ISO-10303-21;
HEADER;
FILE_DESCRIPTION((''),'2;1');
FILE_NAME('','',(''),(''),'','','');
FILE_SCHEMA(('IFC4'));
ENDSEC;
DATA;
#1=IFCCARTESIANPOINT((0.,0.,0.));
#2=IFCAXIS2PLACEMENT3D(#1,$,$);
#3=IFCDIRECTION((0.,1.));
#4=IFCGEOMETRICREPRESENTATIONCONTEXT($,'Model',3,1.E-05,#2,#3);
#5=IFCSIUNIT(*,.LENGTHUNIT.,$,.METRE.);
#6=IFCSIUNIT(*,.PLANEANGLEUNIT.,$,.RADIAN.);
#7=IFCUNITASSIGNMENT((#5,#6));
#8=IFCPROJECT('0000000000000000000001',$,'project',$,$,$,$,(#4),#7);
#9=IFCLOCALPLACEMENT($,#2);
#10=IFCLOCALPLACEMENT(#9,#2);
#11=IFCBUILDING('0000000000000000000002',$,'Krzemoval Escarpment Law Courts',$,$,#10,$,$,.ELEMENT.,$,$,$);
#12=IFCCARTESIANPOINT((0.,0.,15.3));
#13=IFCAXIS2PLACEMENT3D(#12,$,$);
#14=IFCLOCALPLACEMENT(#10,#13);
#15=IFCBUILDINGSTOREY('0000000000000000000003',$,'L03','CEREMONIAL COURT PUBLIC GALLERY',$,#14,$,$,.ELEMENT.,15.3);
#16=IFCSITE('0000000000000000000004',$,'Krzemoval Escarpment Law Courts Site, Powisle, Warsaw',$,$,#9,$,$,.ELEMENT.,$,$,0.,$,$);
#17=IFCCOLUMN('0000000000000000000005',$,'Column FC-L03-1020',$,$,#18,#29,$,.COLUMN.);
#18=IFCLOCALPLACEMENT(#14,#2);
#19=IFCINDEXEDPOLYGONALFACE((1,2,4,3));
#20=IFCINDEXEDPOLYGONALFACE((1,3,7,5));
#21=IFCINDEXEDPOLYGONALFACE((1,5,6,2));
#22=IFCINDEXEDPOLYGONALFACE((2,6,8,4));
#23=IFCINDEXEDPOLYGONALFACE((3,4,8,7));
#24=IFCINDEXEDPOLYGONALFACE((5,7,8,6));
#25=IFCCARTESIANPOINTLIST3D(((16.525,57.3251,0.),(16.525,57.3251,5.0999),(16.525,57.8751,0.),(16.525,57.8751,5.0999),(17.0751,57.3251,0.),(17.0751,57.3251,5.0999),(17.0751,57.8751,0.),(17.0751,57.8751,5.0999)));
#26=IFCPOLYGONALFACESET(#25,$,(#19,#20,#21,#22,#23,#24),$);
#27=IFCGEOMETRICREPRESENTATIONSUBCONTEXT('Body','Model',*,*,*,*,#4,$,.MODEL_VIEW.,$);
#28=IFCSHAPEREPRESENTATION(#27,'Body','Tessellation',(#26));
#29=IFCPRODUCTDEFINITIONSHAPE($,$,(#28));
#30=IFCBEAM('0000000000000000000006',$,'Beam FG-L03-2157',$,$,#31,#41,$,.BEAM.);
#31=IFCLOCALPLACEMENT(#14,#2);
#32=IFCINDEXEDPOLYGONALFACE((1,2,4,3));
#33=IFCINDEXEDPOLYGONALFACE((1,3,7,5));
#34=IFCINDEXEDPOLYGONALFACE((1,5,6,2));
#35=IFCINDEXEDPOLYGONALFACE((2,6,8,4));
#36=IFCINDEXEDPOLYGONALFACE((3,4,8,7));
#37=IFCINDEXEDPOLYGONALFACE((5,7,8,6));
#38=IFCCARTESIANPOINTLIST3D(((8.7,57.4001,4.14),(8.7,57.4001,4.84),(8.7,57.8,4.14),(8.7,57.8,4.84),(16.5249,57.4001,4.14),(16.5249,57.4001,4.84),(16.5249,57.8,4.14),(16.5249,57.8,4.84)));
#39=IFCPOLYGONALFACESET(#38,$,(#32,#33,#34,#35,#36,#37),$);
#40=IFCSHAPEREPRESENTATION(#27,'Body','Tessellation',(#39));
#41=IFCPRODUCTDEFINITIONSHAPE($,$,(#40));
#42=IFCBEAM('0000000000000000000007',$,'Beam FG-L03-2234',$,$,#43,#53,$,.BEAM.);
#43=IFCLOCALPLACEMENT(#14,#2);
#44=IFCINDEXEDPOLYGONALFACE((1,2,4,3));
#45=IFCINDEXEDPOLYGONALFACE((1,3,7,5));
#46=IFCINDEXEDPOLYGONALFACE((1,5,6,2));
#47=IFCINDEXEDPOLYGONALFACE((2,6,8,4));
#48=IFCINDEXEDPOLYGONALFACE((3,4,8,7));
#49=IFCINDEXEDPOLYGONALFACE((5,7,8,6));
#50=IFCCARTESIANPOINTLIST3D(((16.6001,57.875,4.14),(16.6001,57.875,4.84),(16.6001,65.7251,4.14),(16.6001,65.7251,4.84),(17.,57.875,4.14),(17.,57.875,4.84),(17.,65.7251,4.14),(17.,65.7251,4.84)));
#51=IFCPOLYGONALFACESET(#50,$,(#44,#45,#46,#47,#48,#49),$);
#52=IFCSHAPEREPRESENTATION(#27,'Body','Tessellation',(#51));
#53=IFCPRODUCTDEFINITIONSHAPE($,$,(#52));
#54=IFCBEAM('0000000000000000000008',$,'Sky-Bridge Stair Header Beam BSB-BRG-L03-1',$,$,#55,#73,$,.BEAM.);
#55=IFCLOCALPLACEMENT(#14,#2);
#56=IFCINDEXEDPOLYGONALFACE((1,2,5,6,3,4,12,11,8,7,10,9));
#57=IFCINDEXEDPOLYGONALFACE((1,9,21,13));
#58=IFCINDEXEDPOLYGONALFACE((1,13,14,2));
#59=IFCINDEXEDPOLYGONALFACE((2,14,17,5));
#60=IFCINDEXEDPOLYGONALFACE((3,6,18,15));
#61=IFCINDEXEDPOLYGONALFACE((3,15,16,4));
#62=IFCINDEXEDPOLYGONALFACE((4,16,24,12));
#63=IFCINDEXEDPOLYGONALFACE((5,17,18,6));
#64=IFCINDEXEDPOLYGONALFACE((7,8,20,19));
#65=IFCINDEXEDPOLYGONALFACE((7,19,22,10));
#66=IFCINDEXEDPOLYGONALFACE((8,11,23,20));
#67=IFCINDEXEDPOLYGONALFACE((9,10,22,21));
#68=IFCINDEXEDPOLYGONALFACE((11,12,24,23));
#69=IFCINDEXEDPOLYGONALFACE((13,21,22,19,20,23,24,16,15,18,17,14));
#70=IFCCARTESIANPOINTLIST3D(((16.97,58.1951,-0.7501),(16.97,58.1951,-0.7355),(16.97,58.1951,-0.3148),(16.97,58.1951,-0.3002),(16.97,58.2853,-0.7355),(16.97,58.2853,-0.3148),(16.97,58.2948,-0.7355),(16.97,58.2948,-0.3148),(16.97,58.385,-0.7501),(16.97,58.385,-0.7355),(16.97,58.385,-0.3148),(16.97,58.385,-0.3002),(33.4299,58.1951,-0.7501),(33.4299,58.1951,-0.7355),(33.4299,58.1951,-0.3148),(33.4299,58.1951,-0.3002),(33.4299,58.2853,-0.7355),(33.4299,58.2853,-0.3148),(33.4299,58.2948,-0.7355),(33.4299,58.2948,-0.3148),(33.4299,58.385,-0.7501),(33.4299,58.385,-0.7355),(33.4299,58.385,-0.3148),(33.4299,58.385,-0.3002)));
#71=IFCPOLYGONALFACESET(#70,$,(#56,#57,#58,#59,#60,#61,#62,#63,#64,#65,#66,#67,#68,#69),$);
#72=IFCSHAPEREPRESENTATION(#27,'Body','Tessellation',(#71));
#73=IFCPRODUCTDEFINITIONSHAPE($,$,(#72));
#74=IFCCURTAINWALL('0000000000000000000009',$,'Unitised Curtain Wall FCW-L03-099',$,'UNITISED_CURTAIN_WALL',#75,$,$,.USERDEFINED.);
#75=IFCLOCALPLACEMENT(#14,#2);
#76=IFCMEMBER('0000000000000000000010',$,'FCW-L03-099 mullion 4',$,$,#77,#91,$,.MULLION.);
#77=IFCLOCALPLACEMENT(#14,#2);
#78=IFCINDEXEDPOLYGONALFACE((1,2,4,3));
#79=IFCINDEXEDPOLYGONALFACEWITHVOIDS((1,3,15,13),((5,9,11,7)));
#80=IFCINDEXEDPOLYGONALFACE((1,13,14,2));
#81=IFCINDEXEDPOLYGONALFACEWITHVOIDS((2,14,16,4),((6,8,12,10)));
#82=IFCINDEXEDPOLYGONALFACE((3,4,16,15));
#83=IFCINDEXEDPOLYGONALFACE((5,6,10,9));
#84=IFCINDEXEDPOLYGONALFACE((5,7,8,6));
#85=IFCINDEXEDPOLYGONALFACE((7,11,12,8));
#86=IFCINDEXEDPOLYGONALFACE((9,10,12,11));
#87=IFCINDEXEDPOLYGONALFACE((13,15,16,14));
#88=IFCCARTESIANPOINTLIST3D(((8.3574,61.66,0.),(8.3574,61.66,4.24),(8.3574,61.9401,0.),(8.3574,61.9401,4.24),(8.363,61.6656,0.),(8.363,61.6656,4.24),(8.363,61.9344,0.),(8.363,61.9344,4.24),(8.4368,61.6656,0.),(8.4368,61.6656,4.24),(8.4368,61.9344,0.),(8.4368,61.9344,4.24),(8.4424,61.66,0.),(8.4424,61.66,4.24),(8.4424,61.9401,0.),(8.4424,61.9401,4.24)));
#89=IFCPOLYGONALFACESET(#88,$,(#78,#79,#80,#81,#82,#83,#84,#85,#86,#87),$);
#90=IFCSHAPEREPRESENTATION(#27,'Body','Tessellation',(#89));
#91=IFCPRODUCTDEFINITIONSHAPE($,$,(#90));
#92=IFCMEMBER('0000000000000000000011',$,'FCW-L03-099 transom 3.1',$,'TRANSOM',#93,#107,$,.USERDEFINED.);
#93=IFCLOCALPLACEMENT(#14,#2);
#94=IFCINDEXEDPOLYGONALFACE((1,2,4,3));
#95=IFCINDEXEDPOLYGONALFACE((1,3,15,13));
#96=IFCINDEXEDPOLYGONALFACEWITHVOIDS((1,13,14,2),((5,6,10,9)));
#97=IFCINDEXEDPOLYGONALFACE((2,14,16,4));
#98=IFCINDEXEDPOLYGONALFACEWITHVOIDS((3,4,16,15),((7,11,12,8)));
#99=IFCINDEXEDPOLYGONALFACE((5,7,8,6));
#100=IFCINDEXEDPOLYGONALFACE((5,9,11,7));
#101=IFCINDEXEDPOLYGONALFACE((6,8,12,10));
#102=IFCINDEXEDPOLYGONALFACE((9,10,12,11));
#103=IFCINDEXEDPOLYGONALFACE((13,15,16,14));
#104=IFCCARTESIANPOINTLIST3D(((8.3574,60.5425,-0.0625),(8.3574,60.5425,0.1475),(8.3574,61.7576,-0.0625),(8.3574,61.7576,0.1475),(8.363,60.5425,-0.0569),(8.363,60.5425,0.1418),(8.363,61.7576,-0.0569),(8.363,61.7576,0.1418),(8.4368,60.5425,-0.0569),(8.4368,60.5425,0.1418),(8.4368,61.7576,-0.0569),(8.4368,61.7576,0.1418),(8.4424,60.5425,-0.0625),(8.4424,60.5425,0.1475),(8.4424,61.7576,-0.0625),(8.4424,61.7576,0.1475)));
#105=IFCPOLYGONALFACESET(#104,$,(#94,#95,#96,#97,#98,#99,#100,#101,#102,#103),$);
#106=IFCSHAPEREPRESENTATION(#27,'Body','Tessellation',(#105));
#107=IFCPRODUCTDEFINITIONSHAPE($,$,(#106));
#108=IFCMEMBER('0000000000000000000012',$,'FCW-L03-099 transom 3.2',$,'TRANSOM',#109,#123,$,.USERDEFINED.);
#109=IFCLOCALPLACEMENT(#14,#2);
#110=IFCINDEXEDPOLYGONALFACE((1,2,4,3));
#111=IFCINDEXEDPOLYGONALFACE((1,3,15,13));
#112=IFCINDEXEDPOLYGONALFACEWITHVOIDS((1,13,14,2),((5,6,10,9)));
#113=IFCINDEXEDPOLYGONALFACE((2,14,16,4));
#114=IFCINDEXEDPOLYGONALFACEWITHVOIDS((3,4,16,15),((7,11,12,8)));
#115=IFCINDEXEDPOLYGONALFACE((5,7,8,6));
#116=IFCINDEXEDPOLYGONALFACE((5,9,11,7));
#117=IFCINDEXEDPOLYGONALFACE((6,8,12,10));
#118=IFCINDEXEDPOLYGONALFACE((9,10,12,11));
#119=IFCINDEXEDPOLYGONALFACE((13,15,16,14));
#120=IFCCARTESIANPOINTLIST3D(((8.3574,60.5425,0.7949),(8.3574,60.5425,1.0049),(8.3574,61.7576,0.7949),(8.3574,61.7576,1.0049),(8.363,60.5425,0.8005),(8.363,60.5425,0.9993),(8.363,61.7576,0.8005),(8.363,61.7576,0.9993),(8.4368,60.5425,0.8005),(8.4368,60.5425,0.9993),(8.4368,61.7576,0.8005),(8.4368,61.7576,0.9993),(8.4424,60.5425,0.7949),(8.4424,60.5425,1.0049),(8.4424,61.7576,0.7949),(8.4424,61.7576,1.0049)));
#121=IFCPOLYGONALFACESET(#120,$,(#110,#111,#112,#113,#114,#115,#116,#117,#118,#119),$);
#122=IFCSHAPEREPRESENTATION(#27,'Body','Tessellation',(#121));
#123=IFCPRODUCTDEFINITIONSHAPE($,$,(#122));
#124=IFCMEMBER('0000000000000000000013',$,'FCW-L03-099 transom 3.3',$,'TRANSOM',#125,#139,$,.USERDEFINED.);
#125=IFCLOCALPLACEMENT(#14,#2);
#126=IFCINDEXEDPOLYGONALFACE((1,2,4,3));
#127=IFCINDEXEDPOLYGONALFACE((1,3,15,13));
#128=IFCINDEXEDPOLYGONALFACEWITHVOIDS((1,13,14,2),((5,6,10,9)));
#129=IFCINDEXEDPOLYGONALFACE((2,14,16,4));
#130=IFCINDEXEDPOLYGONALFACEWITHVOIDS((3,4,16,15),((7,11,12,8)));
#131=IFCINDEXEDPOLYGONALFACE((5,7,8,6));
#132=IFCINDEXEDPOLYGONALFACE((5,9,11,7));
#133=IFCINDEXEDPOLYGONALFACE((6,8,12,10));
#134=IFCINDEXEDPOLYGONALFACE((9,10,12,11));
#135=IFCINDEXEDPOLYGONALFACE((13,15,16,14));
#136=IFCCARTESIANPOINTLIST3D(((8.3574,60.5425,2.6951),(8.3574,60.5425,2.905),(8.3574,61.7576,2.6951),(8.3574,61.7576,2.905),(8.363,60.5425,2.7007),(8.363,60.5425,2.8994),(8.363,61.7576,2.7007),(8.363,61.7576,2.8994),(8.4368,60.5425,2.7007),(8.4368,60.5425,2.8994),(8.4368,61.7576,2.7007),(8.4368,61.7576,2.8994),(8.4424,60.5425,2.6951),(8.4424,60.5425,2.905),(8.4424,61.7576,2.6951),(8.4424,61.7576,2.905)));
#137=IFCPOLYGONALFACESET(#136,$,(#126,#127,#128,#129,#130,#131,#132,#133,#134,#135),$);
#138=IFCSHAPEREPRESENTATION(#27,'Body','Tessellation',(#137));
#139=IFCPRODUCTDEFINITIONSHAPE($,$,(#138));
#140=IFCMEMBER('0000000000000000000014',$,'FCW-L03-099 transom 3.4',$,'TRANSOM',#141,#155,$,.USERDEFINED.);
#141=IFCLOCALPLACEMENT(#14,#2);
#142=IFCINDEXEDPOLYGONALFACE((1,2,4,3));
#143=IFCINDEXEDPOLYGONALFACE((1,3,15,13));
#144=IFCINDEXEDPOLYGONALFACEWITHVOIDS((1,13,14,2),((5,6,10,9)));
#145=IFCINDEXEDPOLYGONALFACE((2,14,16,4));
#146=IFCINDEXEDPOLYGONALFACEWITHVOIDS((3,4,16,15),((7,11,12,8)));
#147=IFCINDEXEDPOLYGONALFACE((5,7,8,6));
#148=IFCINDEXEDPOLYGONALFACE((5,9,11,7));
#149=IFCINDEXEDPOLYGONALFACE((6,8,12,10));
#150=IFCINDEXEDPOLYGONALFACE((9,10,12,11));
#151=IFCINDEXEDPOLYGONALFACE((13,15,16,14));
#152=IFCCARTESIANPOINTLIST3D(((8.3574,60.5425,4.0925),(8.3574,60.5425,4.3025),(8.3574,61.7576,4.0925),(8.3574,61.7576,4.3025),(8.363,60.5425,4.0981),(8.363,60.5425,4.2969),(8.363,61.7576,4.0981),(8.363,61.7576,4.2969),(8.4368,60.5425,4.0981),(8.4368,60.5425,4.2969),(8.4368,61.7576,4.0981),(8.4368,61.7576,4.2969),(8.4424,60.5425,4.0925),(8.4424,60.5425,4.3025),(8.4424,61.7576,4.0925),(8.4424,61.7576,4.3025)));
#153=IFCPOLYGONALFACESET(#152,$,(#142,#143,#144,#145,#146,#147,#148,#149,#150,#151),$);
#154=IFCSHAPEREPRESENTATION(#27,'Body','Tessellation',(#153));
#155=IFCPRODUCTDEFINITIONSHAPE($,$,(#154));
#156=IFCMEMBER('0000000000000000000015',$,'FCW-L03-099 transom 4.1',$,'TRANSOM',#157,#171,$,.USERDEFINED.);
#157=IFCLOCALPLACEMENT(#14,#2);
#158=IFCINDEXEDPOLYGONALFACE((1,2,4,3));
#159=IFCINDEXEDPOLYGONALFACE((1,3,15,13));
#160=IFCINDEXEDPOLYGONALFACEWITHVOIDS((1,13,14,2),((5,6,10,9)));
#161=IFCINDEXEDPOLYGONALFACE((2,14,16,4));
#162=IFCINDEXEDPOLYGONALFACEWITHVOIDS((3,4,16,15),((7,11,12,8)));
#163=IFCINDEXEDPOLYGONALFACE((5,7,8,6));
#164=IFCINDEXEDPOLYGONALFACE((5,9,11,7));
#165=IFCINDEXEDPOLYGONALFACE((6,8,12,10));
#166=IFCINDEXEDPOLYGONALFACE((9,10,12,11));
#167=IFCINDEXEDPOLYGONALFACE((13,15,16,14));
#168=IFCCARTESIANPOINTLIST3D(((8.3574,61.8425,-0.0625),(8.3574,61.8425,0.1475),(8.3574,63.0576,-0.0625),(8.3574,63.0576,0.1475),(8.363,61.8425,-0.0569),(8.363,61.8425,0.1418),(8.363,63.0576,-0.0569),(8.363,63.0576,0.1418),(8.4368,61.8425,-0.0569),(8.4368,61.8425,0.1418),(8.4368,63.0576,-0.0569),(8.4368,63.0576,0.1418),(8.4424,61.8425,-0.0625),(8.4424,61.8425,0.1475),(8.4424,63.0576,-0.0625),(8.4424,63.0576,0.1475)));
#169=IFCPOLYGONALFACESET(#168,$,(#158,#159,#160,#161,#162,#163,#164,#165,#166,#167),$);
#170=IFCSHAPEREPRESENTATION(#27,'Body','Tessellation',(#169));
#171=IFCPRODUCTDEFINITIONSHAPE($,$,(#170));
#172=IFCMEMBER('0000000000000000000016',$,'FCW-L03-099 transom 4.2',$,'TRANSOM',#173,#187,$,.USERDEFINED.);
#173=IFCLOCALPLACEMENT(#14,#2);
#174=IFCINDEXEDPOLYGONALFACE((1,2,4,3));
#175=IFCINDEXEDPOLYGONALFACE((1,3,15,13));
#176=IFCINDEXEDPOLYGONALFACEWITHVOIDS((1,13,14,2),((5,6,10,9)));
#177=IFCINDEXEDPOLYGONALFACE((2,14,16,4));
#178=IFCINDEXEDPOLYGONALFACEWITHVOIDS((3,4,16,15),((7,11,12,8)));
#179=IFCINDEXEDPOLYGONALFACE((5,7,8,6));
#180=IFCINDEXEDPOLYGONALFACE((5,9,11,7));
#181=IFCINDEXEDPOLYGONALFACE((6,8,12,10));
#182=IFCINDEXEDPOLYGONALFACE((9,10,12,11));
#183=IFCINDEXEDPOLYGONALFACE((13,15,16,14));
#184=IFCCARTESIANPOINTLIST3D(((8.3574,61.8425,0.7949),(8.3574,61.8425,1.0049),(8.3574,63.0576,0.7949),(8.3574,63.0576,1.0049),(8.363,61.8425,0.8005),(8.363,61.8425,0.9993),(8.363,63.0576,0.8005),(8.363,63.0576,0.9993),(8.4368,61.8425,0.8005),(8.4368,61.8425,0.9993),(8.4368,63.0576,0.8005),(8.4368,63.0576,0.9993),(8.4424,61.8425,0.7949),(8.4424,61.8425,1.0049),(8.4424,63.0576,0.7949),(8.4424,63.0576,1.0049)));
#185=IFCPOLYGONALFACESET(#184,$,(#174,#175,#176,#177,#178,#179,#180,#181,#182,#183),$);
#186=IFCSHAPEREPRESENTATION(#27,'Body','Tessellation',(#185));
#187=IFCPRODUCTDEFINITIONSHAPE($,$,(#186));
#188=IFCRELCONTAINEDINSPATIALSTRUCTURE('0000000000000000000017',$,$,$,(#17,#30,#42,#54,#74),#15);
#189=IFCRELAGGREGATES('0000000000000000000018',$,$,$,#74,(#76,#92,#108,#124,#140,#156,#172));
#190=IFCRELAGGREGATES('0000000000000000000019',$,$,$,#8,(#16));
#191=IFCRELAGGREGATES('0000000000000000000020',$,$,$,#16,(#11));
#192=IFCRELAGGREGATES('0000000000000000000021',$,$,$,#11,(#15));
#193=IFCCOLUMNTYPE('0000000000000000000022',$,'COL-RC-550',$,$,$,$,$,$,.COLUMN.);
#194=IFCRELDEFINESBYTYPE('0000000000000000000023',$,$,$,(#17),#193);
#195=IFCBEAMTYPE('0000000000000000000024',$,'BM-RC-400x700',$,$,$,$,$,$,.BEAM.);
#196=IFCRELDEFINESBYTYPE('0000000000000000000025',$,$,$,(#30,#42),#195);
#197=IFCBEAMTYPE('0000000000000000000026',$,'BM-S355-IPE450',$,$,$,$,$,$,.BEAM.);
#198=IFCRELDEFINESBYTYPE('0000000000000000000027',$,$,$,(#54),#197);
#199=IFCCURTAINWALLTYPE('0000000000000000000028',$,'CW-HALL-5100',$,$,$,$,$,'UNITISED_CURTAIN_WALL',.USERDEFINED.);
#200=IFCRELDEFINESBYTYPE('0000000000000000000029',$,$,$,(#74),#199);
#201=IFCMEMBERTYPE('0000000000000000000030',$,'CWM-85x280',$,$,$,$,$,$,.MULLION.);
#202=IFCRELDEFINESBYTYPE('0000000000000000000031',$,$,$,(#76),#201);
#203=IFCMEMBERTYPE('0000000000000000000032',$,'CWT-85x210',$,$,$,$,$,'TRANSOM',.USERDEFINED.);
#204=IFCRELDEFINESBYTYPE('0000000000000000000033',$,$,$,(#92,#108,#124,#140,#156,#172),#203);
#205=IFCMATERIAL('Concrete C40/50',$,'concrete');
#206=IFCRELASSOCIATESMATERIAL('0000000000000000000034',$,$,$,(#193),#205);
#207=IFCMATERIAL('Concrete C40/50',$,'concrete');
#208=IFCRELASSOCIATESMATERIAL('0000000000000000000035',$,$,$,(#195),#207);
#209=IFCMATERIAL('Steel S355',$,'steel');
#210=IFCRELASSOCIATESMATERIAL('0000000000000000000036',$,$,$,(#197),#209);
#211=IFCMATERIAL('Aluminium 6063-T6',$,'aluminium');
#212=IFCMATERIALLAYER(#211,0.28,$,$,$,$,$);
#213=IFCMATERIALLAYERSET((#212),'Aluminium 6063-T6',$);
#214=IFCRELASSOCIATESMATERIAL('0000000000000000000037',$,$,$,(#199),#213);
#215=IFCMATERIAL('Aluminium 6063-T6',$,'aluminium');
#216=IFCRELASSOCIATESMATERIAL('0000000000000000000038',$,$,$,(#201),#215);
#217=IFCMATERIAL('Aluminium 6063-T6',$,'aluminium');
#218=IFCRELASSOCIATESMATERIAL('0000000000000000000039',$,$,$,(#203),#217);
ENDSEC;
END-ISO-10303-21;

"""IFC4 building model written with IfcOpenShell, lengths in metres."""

from ifc_helpers import new_model, si_unit, direction, frame, origin, origin_2d, place, context, subcontext, project, spatial, rectangle, hollow_rectangle, i_section, extrude, material, layer, layer_set, material_profile, profile_set, type_object, element, aggregate, save


model = new_model("IFC4")

# Units and contexts
model_context = context("Model", 3, precision=1e-05, world=origin(), true_north=direction((0.0, 1.0)))
body_context = subcontext(model_context, "Body", "Model", "MODEL_VIEW")
ifc_project = project(units=[si_unit("LENGTHUNIT", "METRE"), si_unit("PLANEANGLEUNIT", "RADIAN")], contexts=[model_context])

# Site, building, storey
site_placement = place(None, origin())
site = spatial("IfcSite", under=ifc_project, at=site_placement, Name="Krzemoval Escarpment Law Courts Site, Powisle, Warsaw", CompositionType="ELEMENT", RefElevation=0.0)
building_placement = place(site_placement, origin())
building = spatial("IfcBuilding", under=site, at=building_placement, Name="Krzemoval Escarpment Law Courts", CompositionType="ELEMENT")
storey_placement = place(building_placement, frame((0.0, 0.0, 15.3)))
storey = spatial("IfcBuildingStorey", under=building, at=storey_placement, Name="L03", Description="CEREMONIAL COURT PUBLIC GALLERY", CompositionType="ELEMENT", Elevation=15.3)

# Column
ifc_material_1 = material(Name="Concrete C40/50", Category="concrete")
ifc_material_profile_1 = material_profile(ifc_material_1, rectangle(XDim=0.55, YDim=0.55, at=origin_2d()), Name="RC 550x550")
ifc_profile_set_1 = profile_set([ifc_material_profile_1], Name="Concrete C40/50")
column_type = type_object("IfcColumnType", Name="COL-RC-550", PredefinedType="COLUMN", material=ifc_profile_set_1)
column_placement = place(storey_placement, frame((16.8, 57.6001, 0.0), z_axis=(0.0, 0.0, 1.0), x_axis=(1.0, 0.0, 0.0)))
element("IfcColumn", 1, at=column_placement, inside=storey, type_object=column_type, Name="Column FC-L03-1020", PredefinedType="COLUMN", context=body_context, shape_type="SweptSolid", body=[
    extrude(rectangle(XDim=0.55, YDim=0.55, at=origin_2d()), origin(), (0.0, 0.0, 1.0), 5.0999),
])

# Beams
ifc_material_2 = material(Name="Concrete C40/50", Category="concrete")
ifc_material_profile_2 = material_profile(ifc_material_2, rectangle(XDim=0.3999, YDim=0.7, at=origin_2d()), Name="RCB 400x700")
ifc_profile_set_2 = profile_set([ifc_material_profile_2], Name="Concrete C40/50")
beam_type_1 = type_object("IfcBeamType", Name="BM-RC-400x700", PredefinedType="BEAM", material=ifc_profile_set_2)
beam_1_placement = place(storey_placement, frame((8.7, 57.6001, 4.49), z_axis=(1.0, 0.0, 0.0), x_axis=(0.0, 1.0, 0.0)))
element("IfcBeam", 2, at=beam_1_placement, inside=storey, type_object=beam_type_1, Name="Beam FG-L03-2157", PredefinedType="BEAM", context=body_context, shape_type="SweptSolid", body=[
    extrude(rectangle(XDim=0.3999, YDim=0.7, at=origin_2d()), origin(), (0.0, 0.0, 1.0), 7.825),
])
beam_2_placement = place(storey_placement, frame((16.8, 57.875, 4.49), z_axis=(0.0, 1.0, 0.0), x_axis=(-1.0, 0.0, 0.0)))
element("IfcBeam", 3, at=beam_2_placement, inside=storey, type_object=beam_type_1, Name="Beam FG-L03-2234", PredefinedType="BEAM", context=body_context, shape_type="SweptSolid", body=[
    extrude(rectangle(XDim=0.3999, YDim=0.7, at=origin_2d()), origin(), (0.0, 0.0, 1.0), 7.8501),
])
ifc_material_3 = material(Name="Steel S355", Category="steel")
ifc_material_profile_3 = material_profile(ifc_material_3, i_section(OverallWidth=0.1899, OverallDepth=0.45, WebThickness=0.0095, FlangeThickness=0.0146, at=origin_2d()), Name="IPE 450")
ifc_profile_set_3 = profile_set([ifc_material_profile_3], Name="Steel S355")
beam_type_2 = type_object("IfcBeamType", Name="BM-S355-IPE450", PredefinedType="BEAM", material=ifc_profile_set_3)
beam_3_placement = place(storey_placement, frame((16.97, 58.29, -0.5251), z_axis=(1.0, 0.0, 0.0), x_axis=(0.0, 1.0, 0.0)))
element("IfcBeam", 4, at=beam_3_placement, inside=storey, type_object=beam_type_2, Name="Sky-Bridge Stair Header Beam BSB-BRG-L03-1", PredefinedType="BEAM", context=body_context, shape_type="SweptSolid", body=[
    extrude(i_section(OverallWidth=0.1899, OverallDepth=0.45, WebThickness=0.0095, FlangeThickness=0.0146, at=origin_2d()), origin(), (0.0, 0.0, 1.0), 16.46),
])

# Curtain wall, members
ifc_material_4 = material(Name="Aluminium 6063-T6", Category="aluminium")
ifc_layer_1 = layer(ifc_material_4, 0.28)
ifc_layer_set_1 = layer_set([ifc_layer_1], Name="Aluminium 6063-T6")
curtain_wall_type = type_object("IfcCurtainWallType", Name="CW-HALL-5100", ElementType="UNITISED_CURTAIN_WALL", PredefinedType="USERDEFINED", material=ifc_layer_set_1)
curtain_wall_placement = place(storey_placement, origin())
curtain_wall = element("IfcCurtainWall", 5, at=curtain_wall_placement, inside=storey, type_object=curtain_wall_type, Name="Unitised Curtain Wall FCW-L03-099", ObjectType="UNITISED_CURTAIN_WALL", PredefinedType="USERDEFINED")
ifc_material_5 = material(Name="Aluminium 6063-T6", Category="aluminium")
ifc_material_profile_4 = material_profile(ifc_material_5, hollow_rectangle(XDim=0.085, YDim=0.28, WallThickness=0.0056, at=origin_2d()), Name="ALU M85x280")
ifc_profile_set_4 = profile_set([ifc_material_profile_4], Name="Aluminium 6063-T6")
member_type_1 = type_object("IfcMemberType", Name="CWM-85x280", PredefinedType="MULLION", material=ifc_profile_set_4)
member_1_placement = place(storey_placement, frame((8.3999, 61.8, 0.0), z_axis=(0.0, 0.0, 1.0), x_axis=(-1.0, 0.0, 0.0)))
member_1 = element("IfcMember", 6, at=member_1_placement, type_object=member_type_1, Name="FCW-L03-099 mullion 4", PredefinedType="MULLION", context=body_context, shape_type="SweptSolid", body=[
    extrude(hollow_rectangle(XDim=0.085, YDim=0.28, WallThickness=0.0056, at=origin_2d()), origin(), (0.0, 0.0, 1.0), 4.24),
])
ifc_material_6 = material(Name="Aluminium 6063-T6", Category="aluminium")
ifc_material_profile_5 = material_profile(ifc_material_6, hollow_rectangle(XDim=0.085, YDim=0.21, WallThickness=0.0056, at=origin_2d()), Name="ALU T85x210")
ifc_profile_set_5 = profile_set([ifc_material_profile_5], Name="Aluminium 6063-T6")
member_type_2 = type_object("IfcMemberType", Name="CWT-85x210", ElementType="TRANSOM", PredefinedType="USERDEFINED", material=ifc_profile_set_5)
member_2_placement = place(storey_placement, frame((8.3999, 60.5425, 0.0425), z_axis=(0.0, 1.0, 0.0), x_axis=(-1.0, 0.0, 0.0)))
member_2 = element("IfcMember", 7, at=member_2_placement, type_object=member_type_2, Name="FCW-L03-099 transom 3.1", ObjectType="TRANSOM", PredefinedType="USERDEFINED", context=body_context, shape_type="SweptSolid", body=[
    extrude(hollow_rectangle(XDim=0.085, YDim=0.21, WallThickness=0.0056, at=origin_2d()), origin(), (0.0, 0.0, 1.0), 1.2151),
])
member_3_placement = place(storey_placement, frame((8.3999, 60.5425, 0.8999), z_axis=(0.0, 1.0, 0.0), x_axis=(-1.0, 0.0, 0.0)))
member_3 = element("IfcMember", 8, at=member_3_placement, type_object=member_type_2, Name="FCW-L03-099 transom 3.2", ObjectType="TRANSOM", PredefinedType="USERDEFINED", context=body_context, shape_type="SweptSolid", body=[
    extrude(hollow_rectangle(XDim=0.085, YDim=0.21, WallThickness=0.0056, at=origin_2d()), origin(), (0.0, 0.0, 1.0), 1.2151),
])
member_4_placement = place(storey_placement, frame((8.3999, 60.5425, 2.8), z_axis=(0.0, 1.0, 0.0), x_axis=(-1.0, 0.0, 0.0)))
member_4 = element("IfcMember", 9, at=member_4_placement, type_object=member_type_2, Name="FCW-L03-099 transom 3.3", ObjectType="TRANSOM", PredefinedType="USERDEFINED", context=body_context, shape_type="SweptSolid", body=[
    extrude(hollow_rectangle(XDim=0.085, YDim=0.21, WallThickness=0.0056, at=origin_2d()), origin(), (0.0, 0.0, 1.0), 1.2151),
])
member_5_placement = place(storey_placement, frame((8.3999, 60.5425, 4.1975), z_axis=(0.0, 1.0, 0.0), x_axis=(-1.0, 0.0, 0.0)))
member_5 = element("IfcMember", 10, at=member_5_placement, type_object=member_type_2, Name="FCW-L03-099 transom 3.4", ObjectType="TRANSOM", PredefinedType="USERDEFINED", context=body_context, shape_type="SweptSolid", body=[
    extrude(hollow_rectangle(XDim=0.085, YDim=0.21, WallThickness=0.0056, at=origin_2d()), origin(), (0.0, 0.0, 1.0), 1.2151),
])
member_6_placement = place(storey_placement, frame((8.3999, 61.8425, 0.0425), z_axis=(0.0, 1.0, 0.0), x_axis=(-1.0, 0.0, 0.0)))
member_6 = element("IfcMember", 11, at=member_6_placement, type_object=member_type_2, Name="FCW-L03-099 transom 4.1", ObjectType="TRANSOM", PredefinedType="USERDEFINED", context=body_context, shape_type="SweptSolid", body=[
    extrude(hollow_rectangle(XDim=0.085, YDim=0.21, WallThickness=0.0056, at=origin_2d()), origin(), (0.0, 0.0, 1.0), 1.2151),
])
member_7_placement = place(storey_placement, frame((8.3999, 61.8425, 0.8999), z_axis=(0.0, 1.0, 0.0), x_axis=(-1.0, 0.0, 0.0)))
member_7 = element("IfcMember", 12, at=member_7_placement, type_object=member_type_2, Name="FCW-L03-099 transom 4.2", ObjectType="TRANSOM", PredefinedType="USERDEFINED", context=body_context, shape_type="SweptSolid", body=[
    extrude(hollow_rectangle(XDim=0.085, YDim=0.21, WallThickness=0.0056, at=origin_2d()), origin(), (0.0, 0.0, 1.0), 1.2151),
])

aggregate(curtain_wall, [member_1, member_2, member_3, member_4, member_5, member_6, member_7])

save(model, "model.ifc")
